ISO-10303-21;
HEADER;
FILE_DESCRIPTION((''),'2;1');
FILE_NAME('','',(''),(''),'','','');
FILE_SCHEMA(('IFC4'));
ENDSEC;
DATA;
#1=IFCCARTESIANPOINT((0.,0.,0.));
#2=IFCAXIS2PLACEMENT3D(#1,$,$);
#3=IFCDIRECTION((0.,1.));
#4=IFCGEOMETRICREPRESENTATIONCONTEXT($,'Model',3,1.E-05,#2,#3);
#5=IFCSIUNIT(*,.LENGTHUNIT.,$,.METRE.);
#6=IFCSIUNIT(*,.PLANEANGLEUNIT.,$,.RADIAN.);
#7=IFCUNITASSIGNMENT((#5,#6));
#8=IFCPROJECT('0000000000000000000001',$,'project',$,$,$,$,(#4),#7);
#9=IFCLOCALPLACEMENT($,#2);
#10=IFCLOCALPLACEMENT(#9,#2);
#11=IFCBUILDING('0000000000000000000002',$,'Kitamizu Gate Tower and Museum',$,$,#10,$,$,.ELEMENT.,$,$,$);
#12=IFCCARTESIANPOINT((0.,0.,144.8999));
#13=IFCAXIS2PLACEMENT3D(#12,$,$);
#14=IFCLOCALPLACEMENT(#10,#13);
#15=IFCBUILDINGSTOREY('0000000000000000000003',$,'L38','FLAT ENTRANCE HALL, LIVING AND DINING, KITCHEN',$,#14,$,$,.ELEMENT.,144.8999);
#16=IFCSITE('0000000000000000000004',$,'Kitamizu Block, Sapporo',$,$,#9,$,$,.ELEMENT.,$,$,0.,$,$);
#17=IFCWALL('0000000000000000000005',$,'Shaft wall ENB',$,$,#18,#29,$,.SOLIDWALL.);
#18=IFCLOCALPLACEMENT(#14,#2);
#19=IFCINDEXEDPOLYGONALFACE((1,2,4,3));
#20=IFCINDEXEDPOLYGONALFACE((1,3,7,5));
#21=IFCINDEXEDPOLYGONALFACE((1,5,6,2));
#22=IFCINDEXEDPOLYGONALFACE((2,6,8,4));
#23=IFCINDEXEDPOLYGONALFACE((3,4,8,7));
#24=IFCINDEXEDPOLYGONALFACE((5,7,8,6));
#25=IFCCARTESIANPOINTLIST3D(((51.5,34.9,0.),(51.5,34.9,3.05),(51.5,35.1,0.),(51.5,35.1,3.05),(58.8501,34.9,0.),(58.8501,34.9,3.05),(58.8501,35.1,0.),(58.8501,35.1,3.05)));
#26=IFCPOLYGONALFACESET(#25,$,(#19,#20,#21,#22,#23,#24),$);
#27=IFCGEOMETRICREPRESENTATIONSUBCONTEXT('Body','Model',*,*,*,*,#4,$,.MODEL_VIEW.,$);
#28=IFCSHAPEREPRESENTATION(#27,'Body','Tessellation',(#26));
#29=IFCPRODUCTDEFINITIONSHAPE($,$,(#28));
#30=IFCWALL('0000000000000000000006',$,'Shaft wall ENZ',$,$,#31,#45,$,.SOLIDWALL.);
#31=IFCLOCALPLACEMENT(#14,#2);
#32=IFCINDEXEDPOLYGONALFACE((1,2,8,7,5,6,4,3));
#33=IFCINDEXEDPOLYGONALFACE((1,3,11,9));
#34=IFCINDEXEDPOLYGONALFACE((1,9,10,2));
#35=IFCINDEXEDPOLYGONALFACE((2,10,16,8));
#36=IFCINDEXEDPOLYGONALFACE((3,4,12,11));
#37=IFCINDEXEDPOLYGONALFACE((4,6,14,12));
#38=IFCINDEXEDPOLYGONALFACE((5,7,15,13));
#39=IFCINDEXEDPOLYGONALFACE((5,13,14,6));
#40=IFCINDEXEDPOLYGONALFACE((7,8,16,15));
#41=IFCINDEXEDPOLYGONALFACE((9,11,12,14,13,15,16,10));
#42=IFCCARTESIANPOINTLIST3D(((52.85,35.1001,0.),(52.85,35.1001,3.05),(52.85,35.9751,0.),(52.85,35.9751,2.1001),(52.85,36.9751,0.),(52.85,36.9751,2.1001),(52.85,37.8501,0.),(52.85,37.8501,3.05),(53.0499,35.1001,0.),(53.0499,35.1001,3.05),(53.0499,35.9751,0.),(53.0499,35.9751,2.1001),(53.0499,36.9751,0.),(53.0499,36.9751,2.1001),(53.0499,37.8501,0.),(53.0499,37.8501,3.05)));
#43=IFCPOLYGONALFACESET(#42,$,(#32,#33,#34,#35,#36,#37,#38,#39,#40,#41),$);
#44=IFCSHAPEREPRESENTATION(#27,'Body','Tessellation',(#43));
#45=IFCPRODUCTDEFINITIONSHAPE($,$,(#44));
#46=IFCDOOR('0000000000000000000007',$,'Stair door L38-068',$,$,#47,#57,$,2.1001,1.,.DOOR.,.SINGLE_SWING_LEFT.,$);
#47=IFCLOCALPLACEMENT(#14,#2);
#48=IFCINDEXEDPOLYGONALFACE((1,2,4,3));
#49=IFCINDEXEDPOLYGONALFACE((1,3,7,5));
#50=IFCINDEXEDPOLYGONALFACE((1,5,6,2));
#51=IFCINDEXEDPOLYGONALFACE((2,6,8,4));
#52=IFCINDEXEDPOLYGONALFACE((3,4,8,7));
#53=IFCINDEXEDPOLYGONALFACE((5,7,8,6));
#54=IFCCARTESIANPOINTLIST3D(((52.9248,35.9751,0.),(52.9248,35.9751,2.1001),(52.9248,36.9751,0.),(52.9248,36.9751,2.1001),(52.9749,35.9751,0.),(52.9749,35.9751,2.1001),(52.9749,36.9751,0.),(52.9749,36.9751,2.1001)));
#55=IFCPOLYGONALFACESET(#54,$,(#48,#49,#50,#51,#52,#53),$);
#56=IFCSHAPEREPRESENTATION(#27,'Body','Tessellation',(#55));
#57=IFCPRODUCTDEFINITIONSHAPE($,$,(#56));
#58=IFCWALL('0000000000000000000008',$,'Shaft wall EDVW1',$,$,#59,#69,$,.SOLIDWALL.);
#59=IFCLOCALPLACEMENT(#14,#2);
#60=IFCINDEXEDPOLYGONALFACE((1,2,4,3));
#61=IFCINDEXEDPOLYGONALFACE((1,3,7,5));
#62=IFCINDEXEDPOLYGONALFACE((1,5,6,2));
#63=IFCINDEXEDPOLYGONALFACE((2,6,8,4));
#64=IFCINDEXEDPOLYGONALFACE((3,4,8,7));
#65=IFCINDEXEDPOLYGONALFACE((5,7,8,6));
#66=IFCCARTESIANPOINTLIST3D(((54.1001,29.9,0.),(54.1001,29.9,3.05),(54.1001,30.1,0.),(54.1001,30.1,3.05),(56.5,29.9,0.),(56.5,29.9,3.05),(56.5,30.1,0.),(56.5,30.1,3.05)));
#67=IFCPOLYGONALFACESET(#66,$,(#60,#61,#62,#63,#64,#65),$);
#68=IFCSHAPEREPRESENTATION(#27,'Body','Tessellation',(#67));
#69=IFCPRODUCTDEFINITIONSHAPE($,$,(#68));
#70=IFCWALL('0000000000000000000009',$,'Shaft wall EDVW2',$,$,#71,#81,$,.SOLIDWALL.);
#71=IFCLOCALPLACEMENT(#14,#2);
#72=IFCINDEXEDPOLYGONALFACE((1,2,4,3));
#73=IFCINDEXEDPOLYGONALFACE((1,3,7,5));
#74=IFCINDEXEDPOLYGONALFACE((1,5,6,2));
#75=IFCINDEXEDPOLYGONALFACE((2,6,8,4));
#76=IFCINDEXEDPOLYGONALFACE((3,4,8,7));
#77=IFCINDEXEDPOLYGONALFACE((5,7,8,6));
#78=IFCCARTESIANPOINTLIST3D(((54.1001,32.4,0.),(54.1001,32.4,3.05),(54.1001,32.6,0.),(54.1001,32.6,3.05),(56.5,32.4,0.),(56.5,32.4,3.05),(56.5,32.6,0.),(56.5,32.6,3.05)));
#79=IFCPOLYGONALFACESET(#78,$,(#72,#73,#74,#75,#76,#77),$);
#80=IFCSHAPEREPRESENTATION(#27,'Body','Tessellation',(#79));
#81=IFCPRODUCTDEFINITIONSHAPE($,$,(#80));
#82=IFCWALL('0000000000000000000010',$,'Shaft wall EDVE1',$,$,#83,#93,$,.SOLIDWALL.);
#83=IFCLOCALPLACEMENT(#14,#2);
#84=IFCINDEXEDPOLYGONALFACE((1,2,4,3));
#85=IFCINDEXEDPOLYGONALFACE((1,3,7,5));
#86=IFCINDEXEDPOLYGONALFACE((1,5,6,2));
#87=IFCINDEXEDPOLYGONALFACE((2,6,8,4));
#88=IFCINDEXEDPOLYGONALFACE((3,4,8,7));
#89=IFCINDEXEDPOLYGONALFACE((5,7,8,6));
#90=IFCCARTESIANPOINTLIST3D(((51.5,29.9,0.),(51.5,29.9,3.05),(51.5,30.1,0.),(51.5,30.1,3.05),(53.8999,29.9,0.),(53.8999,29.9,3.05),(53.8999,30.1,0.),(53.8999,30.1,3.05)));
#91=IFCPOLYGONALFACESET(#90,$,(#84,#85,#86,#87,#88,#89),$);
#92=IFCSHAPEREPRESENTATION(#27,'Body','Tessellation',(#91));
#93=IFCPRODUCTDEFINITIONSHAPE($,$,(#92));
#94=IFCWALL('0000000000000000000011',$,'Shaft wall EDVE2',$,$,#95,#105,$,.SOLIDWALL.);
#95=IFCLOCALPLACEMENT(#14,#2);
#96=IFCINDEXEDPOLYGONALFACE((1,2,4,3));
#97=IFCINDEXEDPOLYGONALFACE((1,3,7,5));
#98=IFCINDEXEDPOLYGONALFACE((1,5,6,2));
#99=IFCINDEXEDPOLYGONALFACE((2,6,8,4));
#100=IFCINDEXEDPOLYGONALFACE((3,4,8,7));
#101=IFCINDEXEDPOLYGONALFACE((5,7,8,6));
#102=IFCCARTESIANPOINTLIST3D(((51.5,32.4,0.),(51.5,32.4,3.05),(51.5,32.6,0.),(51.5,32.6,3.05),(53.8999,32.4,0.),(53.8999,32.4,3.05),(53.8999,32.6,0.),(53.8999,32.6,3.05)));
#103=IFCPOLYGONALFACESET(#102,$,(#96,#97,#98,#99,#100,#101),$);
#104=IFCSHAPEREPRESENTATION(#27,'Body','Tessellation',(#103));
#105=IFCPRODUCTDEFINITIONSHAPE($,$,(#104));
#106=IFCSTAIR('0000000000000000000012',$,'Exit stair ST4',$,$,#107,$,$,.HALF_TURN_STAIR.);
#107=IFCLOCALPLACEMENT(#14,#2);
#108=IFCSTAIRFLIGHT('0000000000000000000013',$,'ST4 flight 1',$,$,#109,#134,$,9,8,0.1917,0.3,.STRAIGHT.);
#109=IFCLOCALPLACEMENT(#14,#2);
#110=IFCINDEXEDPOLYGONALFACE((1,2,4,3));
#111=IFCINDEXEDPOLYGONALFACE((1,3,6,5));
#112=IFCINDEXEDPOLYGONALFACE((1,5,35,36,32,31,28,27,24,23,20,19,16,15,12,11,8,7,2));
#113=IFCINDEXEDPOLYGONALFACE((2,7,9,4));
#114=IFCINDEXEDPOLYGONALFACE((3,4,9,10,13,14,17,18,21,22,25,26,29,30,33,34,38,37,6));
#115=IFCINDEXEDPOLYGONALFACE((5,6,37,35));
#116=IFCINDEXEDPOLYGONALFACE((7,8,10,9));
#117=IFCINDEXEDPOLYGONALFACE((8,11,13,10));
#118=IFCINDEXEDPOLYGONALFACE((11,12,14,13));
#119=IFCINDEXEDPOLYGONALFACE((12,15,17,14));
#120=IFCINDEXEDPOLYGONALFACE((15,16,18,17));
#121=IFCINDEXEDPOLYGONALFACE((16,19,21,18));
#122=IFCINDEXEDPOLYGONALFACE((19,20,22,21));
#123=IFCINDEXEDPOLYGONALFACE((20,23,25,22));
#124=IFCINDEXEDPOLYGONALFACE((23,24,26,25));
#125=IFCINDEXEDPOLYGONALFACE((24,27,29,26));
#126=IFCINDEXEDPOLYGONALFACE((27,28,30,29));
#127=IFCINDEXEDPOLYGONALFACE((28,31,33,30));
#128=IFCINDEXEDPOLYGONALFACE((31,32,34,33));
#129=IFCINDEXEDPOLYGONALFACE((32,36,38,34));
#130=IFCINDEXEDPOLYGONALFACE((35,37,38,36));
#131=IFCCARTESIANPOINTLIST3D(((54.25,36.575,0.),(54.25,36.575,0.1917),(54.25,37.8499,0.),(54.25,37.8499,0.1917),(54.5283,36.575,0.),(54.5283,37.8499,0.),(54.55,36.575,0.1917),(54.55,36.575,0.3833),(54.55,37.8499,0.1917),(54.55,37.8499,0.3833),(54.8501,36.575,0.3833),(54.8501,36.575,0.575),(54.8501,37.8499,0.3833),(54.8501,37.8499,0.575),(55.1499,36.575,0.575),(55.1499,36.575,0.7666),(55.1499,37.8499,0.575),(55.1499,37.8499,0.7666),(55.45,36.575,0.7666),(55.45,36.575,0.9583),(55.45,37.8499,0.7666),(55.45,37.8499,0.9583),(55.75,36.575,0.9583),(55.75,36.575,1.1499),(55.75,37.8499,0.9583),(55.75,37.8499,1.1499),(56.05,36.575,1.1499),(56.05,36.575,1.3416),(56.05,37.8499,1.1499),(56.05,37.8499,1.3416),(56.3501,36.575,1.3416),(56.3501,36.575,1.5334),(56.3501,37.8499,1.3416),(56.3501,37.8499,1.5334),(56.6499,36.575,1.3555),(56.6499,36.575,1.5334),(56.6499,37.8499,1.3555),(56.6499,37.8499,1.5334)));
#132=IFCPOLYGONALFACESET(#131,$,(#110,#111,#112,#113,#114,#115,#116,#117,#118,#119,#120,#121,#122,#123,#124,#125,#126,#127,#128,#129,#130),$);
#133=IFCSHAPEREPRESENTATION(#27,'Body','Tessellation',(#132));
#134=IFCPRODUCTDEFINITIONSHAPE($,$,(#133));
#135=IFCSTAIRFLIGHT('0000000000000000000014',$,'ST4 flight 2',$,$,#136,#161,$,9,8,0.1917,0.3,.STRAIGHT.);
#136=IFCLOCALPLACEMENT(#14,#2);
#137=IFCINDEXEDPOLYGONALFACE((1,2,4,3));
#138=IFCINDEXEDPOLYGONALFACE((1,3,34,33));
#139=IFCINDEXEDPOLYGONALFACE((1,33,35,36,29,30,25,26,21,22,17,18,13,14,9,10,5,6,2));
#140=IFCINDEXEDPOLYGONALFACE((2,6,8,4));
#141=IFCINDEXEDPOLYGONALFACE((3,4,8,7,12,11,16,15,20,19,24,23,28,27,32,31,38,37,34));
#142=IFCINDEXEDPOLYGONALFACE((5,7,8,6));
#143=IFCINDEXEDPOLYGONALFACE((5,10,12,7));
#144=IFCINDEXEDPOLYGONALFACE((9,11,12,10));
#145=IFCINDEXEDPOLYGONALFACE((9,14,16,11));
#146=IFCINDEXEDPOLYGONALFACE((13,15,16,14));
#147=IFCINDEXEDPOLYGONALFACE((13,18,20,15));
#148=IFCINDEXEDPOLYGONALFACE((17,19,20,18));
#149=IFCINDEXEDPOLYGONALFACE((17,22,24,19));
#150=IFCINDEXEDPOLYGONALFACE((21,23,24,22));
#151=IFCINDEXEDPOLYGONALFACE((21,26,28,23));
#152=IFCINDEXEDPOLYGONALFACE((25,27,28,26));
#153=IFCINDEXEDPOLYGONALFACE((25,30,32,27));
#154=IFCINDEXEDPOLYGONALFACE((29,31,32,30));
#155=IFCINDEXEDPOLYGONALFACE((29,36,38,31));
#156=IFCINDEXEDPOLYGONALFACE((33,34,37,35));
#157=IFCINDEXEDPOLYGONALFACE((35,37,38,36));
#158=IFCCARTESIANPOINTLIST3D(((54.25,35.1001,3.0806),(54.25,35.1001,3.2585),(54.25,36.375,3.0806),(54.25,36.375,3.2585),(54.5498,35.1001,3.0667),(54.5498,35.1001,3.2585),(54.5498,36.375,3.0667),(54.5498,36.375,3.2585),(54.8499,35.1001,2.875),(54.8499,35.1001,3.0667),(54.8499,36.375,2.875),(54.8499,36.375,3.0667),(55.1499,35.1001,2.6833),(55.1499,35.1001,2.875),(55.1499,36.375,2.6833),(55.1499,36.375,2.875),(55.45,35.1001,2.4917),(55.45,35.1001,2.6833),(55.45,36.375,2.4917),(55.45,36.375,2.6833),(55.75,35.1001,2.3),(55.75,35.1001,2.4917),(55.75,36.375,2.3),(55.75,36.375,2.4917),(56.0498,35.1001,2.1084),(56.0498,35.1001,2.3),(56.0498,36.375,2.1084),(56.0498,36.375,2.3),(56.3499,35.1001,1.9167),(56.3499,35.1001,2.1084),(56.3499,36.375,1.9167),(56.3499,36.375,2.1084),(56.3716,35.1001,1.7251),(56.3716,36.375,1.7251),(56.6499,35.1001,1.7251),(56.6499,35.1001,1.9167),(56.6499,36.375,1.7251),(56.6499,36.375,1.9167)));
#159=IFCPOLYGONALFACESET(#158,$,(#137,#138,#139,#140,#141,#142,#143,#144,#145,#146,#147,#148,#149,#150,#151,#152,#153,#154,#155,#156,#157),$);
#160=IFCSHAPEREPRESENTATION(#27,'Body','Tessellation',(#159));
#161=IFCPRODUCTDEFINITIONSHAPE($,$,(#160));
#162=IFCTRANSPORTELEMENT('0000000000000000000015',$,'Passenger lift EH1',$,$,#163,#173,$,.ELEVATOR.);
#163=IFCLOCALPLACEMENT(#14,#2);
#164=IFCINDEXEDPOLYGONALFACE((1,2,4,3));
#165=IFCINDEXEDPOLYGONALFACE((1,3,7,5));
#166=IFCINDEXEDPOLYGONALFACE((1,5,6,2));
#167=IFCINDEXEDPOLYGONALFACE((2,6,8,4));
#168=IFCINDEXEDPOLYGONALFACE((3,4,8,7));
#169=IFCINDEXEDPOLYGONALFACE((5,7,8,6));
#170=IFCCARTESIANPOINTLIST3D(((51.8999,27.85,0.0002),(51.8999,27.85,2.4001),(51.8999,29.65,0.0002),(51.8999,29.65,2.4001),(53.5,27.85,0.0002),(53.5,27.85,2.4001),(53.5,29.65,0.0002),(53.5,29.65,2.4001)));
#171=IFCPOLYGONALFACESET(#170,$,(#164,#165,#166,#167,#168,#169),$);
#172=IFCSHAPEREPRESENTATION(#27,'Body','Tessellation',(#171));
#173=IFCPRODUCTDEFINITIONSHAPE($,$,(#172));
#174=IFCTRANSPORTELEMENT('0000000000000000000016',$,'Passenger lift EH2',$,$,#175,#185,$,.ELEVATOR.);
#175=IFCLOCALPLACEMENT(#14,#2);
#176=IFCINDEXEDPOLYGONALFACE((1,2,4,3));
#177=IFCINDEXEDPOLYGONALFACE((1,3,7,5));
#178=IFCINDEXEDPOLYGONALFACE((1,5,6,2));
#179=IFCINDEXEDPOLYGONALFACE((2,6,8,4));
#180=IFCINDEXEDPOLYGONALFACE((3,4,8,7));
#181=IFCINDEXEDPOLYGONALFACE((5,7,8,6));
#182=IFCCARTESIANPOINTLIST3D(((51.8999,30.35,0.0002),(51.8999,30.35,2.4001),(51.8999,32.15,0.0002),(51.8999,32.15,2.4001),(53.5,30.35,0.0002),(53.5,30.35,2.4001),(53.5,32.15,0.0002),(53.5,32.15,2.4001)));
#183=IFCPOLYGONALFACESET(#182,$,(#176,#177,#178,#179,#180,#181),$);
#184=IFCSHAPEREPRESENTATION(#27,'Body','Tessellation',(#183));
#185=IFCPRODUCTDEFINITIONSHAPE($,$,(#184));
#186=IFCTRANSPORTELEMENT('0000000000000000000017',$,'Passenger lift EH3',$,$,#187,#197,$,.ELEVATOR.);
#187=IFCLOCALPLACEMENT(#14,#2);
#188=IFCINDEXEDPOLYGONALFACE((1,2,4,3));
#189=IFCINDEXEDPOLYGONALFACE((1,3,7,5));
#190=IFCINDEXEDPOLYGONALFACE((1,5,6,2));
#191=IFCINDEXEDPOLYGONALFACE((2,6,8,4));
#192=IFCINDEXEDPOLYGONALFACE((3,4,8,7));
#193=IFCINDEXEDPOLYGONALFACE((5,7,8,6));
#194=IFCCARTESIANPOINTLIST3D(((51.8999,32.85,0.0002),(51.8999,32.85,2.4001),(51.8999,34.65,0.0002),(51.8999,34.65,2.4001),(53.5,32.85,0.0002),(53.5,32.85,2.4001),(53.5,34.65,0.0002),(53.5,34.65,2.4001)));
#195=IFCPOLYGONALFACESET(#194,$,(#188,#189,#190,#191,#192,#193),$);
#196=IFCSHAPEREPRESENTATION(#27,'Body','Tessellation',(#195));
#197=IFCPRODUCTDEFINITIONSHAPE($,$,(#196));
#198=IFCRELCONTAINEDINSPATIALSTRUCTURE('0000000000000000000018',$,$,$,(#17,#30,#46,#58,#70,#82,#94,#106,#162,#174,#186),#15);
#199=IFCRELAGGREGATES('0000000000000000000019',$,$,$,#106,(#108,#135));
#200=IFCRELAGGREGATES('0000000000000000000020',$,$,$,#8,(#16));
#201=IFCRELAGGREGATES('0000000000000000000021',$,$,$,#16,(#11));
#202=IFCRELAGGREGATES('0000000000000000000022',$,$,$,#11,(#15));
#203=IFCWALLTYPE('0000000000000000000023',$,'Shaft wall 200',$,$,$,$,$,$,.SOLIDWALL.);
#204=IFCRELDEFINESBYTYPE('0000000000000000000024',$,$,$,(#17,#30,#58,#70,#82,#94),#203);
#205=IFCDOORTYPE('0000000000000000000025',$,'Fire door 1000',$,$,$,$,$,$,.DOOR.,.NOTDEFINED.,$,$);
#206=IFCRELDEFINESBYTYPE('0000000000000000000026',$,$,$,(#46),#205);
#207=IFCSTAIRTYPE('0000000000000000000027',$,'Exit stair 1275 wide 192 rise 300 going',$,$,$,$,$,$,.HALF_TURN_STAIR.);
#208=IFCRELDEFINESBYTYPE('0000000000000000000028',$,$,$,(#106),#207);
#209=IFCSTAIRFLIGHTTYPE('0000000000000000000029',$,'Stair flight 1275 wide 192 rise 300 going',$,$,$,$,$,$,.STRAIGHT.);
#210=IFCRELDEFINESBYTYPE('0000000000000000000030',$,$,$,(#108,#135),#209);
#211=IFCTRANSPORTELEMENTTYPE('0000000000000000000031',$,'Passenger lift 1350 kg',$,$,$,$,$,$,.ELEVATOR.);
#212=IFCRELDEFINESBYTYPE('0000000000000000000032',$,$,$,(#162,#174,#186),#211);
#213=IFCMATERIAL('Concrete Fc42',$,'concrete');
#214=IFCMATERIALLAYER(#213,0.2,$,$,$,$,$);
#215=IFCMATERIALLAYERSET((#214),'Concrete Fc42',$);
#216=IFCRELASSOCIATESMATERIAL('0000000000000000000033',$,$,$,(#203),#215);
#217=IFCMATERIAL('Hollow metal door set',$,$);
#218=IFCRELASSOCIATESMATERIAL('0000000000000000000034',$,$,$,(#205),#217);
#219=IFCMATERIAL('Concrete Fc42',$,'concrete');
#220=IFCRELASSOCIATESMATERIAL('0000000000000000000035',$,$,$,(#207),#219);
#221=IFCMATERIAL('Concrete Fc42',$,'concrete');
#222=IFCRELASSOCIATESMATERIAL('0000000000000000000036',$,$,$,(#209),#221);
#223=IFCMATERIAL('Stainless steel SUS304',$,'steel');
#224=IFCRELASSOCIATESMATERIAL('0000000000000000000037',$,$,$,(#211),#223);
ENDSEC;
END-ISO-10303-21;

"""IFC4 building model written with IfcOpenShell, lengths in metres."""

from ifc_helpers import new_model, si_unit, direction, frame, frame_2d, origin, origin_2d, place, context, subcontext, project, spatial, polyline, rectangle, outline, extrude, material, layer, layer_set, type_object, element, fill, aggregate, save


model = new_model("IFC4")

# Units and contexts
model_context = context("Model", 3, precision=1e-05, world=origin(), true_north=direction((0.0, 1.0)))
body_context = subcontext(model_context, "Body", "Model", "MODEL_VIEW")
ifc_project = project(units=[si_unit("LENGTHUNIT", "METRE"), si_unit("PLANEANGLEUNIT", "RADIAN")], contexts=[model_context])

# Site, building, storey
site_placement = place(None, origin())
site = spatial("IfcSite", under=ifc_project, at=site_placement, Name="Kitamizu Block, Sapporo", CompositionType="ELEMENT", RefElevation=0.0)
building_placement = place(site_placement, origin())
building = spatial("IfcBuilding", under=site, at=building_placement, Name="Kitamizu Gate Tower and Museum", CompositionType="ELEMENT")
storey_placement = place(building_placement, frame((0.0, 0.0, 144.8999)))
storey = spatial("IfcBuildingStorey", under=building, at=storey_placement, Name="L38", Description="FLAT ENTRANCE HALL, LIVING AND DINING, KITCHEN", CompositionType="ELEMENT", Elevation=144.8999)

# Wall
ifc_material_1 = material(Name="Concrete Fc42", Category="concrete")
ifc_layer_1 = layer(ifc_material_1, 0.2)
ifc_layer_set_1 = layer_set([ifc_layer_1], Name="Concrete Fc42")
wall_type_1 = type_object("IfcWallType", Name="Shaft wall 200", PredefinedType="SOLIDWALL", material=ifc_layer_set_1)
wall_1_placement = place(storey_placement, frame((58.8501, 35.0, 0.0), z_axis=(0.0, 0.0, 1.0), x_axis=(-1.0, 0.0, 0.0)))
element("IfcWall", 1, at=wall_1_placement, inside=storey, type_object=wall_type_1, Name="Shaft wall ENB", PredefinedType="SOLIDWALL", context=body_context, shape_type="SweptSolid", body=[
    extrude(rectangle(XDim=7.3501, YDim=0.2, at=frame_2d((3.675, 0.0))), origin(), (0.0, 0.0, 1.0), 3.05),
])

# Wall, opening, door
wall_2_placement = place(storey_placement, frame((52.95, 35.1001, 0.0), z_axis=(0.0, 0.0, 1.0), x_axis=(0.0, 1.0, 0.0)))
wall_2 = element("IfcWall", 2, at=wall_2_placement, inside=storey, type_object=wall_type_1, Name="Shaft wall ENZ", PredefinedType="SOLIDWALL", context=body_context, shape_type="SweptSolid", body=[
    extrude(rectangle(XDim=2.75, YDim=0.2, at=frame_2d((1.375, 0.0))), origin(), (0.0, 0.0, 1.0), 3.05),
])
opening_1_placement = place(wall_2_placement, frame((0.875, 0.0, 0.0)))
opening_1 = element("IfcOpeningElement", 3, at=opening_1_placement, cuts=wall_2, PredefinedType="OPENING", context=body_context, shape_type="SweptSolid", body=[
    extrude(rectangle(XDim=1.0, YDim=2.1001, at=frame_2d((0.5, 1.05))), frame((0.0, 0.1099, 0.0), z_axis=(0.0, -1.0, 0.0), x_axis=(1.0, 0.0, 0.0)), (0.0, 0.0, 1.0), 0.22),
])
ifc_material_2 = material(Name="Hollow metal door set")
door_type_1 = type_object("IfcDoorType", Name="Fire door 1000", OperationType="NOTDEFINED", PredefinedType="DOOR", material=ifc_material_2)
door_1_placement = place(opening_1_placement, frame((1.0, 0.0, 0.0), x_axis=(-1.0, 0.0, 0.0)))
door_1 = element("IfcDoor", 4, at=door_1_placement, inside=storey, type_object=door_type_1, Name="Stair door L38-068", OperationType="SINGLE_SWING_LEFT", OverallHeight=2.1001, OverallWidth=1.0, PredefinedType="DOOR", context=body_context, shape_type="SweptSolid", body=[
    extrude(rectangle(XDim=1.0, YDim=2.1001, at=frame_2d((0.5, 1.05))), frame((0.0, 0.0249, 0.0), z_axis=(0.0, -1.0, 0.0), x_axis=(1.0, 0.0, 0.0)), (0.0, 0.0, 1.0), 0.05),
])
fill(opening_1, door_1)

# Walls
for number, where, z_axis, x_axis, name in (
    (5, (56.5, 30.0, 0.0), (0.0, 0.0, 1.0), (-1.0, 0.0, 0.0), "Shaft wall EDVW1"),
    (6, (56.5, 32.5, 0.0), (0.0, 0.0, 1.0), (-1.0, 0.0, 0.0), "Shaft wall EDVW2"),
    (7, (53.8999, 30.0, 0.0), (0.0, 0.0, 1.0), (-1.0, 0.0, 0.0), "Shaft wall EDVE1"),
    (8, (53.8999, 32.5, 0.0), (0.0, 0.0, 1.0), (-1.0, 0.0, 0.0), "Shaft wall EDVE2"),
):
    element("IfcWall", number, at=place(storey_placement, frame(where, z_axis=z_axis, x_axis=x_axis)), inside=storey, type_object=wall_type_1, Name=name, PredefinedType="SOLIDWALL", context=body_context, shape_type="SweptSolid", body=[
        extrude(rectangle(XDim=2.3999, YDim=0.2, at=frame_2d((1.2, 0.0))), origin(), (0.0, 0.0, 1.0), 3.05),
    ])

# Stair, stair flights
ifc_material_3 = material(Name="Concrete Fc42", Category="concrete")
stair_type = type_object("IfcStairType", Name="Exit stair 1275 wide 192 rise 300 going", PredefinedType="HALF_TURN_STAIR", material=ifc_material_3)
stair_placement = place(storey_placement, origin())
stair = element("IfcStair", 9, at=stair_placement, inside=storey, type_object=stair_type, Name="Exit stair ST4", PredefinedType="HALF_TURN_STAIR")
ifc_material_4 = material(Name="Concrete Fc42", Category="concrete")
stair_flight_type = type_object("IfcStairFlightType", Name="Stair flight 1275 wide 192 rise 300 going", PredefinedType="STRAIGHT", material=ifc_material_4)
stair_flight_1_placement = place(storey_placement, frame((54.25, 37.2124, 0.0), z_axis=(0.0, 0.0, 1.0), x_axis=(1.0, 0.0, 0.0)))
stair_flight_1 = element("IfcStairFlight", 10, at=stair_flight_1_placement, type_object=stair_flight_type, Name="ST4 flight 1", NumberOfRisers=9, NumberOfTreads=8, PredefinedType="STRAIGHT", RiserHeight=0.1917, TreadLength=0.3, context=body_context, shape_type="SweptSolid", body=[
    extrude(outline(polyline([(0.0, 0.0), (0.0, 0.1917), (0.3, 0.1917), (0.3, 0.3833), (0.6001, 0.3833), (0.6001, 0.575), (0.8999, 0.575), (0.8999, 0.7666), (1.2, 0.7666), (1.2, 0.9583), (1.5, 0.9583), (1.5, 1.1499), (1.8, 1.1499), (1.8, 1.3416), (2.1001, 1.3416), (2.1001, 1.5334), (2.3999, 1.5334), (2.3999, 1.7251), (2.3999, 1.3555), (0.2783, 0.0), (0.0, 0.0)])), frame((0.0, 0.6375, 0.0), z_axis=(0.0, -1.0, 0.0), x_axis=(1.0, 0.0, 0.0)), (0.0, 0.0, 1.0), 1.2749),
])
stair_flight_2_placement = place(storey_placement, frame((56.6499, 35.7375, 1.7251), z_axis=(0.0, 0.0, 1.0), x_axis=(-1.0, 0.0, 0.0)))
stair_flight_2 = element("IfcStairFlight", 11, at=stair_flight_2_placement, type_object=stair_flight_type, Name="ST4 flight 2", NumberOfRisers=9, NumberOfTreads=8, PredefinedType="STRAIGHT", RiserHeight=0.1917, TreadLength=0.3, context=body_context, shape_type="SweptSolid", body=[
    extrude(outline(polyline([(0.0, 0.0), (0.0, 0.1917), (0.3, 0.1917), (0.3, 0.3833), (0.6001, 0.3833), (0.6001, 0.575), (0.8999, 0.575), (0.8999, 0.7666), (1.2, 0.7666), (1.2, 0.9583), (1.5, 0.9583), (1.5, 1.1499), (1.8, 1.1499), (1.8, 1.3416), (2.1001, 1.3416), (2.1001, 1.5334), (2.3999, 1.5334), (2.3999, 1.7251), (2.3999, 1.3555), (0.2783, 0.0), (0.0, 0.0)])), frame((0.0, 0.6375, 0.0), z_axis=(0.0, -1.0, 0.0), x_axis=(1.0, 0.0, 0.0)), (0.0, 0.0, 1.0), 1.2749),
])
aggregate(stair, [stair_flight_1, stair_flight_2])

# Transport elements
ifc_material_5 = material(Name="Stainless steel SUS304", Category="steel")
transport_element_type = type_object("IfcTransportElementType", Name="Passenger lift 1350 kg", PredefinedType="ELEVATOR", material=ifc_material_5)
for number, where, z_axis, x_axis, name in (
    (12, (52.7, 28.75, 0.0002), (0.0, 0.0, 1.0), (1.0, 0.0, 0.0), "Passenger lift EH1"),
    (13, (52.7, 31.25, 0.0002), (0.0, 0.0, 1.0), (1.0, 0.0, 0.0), "Passenger lift EH2"),
    (14, (52.7, 33.75, 0.0002), (0.0, 0.0, 1.0), (1.0, 0.0, 0.0), "Passenger lift EH3"),
):
    element("IfcTransportElement", number, at=place(storey_placement, frame(where, z_axis=z_axis, x_axis=x_axis)), inside=storey, type_object=transport_element_type, Name=name, PredefinedType="ELEVATOR", context=body_context, shape_type="SweptSolid", body=[
        extrude(rectangle(XDim=1.6001, YDim=1.8, at=origin_2d()), origin(), (0.0, 0.0, 1.0), 2.3999),
    ])

save(model, "model.ifc")
